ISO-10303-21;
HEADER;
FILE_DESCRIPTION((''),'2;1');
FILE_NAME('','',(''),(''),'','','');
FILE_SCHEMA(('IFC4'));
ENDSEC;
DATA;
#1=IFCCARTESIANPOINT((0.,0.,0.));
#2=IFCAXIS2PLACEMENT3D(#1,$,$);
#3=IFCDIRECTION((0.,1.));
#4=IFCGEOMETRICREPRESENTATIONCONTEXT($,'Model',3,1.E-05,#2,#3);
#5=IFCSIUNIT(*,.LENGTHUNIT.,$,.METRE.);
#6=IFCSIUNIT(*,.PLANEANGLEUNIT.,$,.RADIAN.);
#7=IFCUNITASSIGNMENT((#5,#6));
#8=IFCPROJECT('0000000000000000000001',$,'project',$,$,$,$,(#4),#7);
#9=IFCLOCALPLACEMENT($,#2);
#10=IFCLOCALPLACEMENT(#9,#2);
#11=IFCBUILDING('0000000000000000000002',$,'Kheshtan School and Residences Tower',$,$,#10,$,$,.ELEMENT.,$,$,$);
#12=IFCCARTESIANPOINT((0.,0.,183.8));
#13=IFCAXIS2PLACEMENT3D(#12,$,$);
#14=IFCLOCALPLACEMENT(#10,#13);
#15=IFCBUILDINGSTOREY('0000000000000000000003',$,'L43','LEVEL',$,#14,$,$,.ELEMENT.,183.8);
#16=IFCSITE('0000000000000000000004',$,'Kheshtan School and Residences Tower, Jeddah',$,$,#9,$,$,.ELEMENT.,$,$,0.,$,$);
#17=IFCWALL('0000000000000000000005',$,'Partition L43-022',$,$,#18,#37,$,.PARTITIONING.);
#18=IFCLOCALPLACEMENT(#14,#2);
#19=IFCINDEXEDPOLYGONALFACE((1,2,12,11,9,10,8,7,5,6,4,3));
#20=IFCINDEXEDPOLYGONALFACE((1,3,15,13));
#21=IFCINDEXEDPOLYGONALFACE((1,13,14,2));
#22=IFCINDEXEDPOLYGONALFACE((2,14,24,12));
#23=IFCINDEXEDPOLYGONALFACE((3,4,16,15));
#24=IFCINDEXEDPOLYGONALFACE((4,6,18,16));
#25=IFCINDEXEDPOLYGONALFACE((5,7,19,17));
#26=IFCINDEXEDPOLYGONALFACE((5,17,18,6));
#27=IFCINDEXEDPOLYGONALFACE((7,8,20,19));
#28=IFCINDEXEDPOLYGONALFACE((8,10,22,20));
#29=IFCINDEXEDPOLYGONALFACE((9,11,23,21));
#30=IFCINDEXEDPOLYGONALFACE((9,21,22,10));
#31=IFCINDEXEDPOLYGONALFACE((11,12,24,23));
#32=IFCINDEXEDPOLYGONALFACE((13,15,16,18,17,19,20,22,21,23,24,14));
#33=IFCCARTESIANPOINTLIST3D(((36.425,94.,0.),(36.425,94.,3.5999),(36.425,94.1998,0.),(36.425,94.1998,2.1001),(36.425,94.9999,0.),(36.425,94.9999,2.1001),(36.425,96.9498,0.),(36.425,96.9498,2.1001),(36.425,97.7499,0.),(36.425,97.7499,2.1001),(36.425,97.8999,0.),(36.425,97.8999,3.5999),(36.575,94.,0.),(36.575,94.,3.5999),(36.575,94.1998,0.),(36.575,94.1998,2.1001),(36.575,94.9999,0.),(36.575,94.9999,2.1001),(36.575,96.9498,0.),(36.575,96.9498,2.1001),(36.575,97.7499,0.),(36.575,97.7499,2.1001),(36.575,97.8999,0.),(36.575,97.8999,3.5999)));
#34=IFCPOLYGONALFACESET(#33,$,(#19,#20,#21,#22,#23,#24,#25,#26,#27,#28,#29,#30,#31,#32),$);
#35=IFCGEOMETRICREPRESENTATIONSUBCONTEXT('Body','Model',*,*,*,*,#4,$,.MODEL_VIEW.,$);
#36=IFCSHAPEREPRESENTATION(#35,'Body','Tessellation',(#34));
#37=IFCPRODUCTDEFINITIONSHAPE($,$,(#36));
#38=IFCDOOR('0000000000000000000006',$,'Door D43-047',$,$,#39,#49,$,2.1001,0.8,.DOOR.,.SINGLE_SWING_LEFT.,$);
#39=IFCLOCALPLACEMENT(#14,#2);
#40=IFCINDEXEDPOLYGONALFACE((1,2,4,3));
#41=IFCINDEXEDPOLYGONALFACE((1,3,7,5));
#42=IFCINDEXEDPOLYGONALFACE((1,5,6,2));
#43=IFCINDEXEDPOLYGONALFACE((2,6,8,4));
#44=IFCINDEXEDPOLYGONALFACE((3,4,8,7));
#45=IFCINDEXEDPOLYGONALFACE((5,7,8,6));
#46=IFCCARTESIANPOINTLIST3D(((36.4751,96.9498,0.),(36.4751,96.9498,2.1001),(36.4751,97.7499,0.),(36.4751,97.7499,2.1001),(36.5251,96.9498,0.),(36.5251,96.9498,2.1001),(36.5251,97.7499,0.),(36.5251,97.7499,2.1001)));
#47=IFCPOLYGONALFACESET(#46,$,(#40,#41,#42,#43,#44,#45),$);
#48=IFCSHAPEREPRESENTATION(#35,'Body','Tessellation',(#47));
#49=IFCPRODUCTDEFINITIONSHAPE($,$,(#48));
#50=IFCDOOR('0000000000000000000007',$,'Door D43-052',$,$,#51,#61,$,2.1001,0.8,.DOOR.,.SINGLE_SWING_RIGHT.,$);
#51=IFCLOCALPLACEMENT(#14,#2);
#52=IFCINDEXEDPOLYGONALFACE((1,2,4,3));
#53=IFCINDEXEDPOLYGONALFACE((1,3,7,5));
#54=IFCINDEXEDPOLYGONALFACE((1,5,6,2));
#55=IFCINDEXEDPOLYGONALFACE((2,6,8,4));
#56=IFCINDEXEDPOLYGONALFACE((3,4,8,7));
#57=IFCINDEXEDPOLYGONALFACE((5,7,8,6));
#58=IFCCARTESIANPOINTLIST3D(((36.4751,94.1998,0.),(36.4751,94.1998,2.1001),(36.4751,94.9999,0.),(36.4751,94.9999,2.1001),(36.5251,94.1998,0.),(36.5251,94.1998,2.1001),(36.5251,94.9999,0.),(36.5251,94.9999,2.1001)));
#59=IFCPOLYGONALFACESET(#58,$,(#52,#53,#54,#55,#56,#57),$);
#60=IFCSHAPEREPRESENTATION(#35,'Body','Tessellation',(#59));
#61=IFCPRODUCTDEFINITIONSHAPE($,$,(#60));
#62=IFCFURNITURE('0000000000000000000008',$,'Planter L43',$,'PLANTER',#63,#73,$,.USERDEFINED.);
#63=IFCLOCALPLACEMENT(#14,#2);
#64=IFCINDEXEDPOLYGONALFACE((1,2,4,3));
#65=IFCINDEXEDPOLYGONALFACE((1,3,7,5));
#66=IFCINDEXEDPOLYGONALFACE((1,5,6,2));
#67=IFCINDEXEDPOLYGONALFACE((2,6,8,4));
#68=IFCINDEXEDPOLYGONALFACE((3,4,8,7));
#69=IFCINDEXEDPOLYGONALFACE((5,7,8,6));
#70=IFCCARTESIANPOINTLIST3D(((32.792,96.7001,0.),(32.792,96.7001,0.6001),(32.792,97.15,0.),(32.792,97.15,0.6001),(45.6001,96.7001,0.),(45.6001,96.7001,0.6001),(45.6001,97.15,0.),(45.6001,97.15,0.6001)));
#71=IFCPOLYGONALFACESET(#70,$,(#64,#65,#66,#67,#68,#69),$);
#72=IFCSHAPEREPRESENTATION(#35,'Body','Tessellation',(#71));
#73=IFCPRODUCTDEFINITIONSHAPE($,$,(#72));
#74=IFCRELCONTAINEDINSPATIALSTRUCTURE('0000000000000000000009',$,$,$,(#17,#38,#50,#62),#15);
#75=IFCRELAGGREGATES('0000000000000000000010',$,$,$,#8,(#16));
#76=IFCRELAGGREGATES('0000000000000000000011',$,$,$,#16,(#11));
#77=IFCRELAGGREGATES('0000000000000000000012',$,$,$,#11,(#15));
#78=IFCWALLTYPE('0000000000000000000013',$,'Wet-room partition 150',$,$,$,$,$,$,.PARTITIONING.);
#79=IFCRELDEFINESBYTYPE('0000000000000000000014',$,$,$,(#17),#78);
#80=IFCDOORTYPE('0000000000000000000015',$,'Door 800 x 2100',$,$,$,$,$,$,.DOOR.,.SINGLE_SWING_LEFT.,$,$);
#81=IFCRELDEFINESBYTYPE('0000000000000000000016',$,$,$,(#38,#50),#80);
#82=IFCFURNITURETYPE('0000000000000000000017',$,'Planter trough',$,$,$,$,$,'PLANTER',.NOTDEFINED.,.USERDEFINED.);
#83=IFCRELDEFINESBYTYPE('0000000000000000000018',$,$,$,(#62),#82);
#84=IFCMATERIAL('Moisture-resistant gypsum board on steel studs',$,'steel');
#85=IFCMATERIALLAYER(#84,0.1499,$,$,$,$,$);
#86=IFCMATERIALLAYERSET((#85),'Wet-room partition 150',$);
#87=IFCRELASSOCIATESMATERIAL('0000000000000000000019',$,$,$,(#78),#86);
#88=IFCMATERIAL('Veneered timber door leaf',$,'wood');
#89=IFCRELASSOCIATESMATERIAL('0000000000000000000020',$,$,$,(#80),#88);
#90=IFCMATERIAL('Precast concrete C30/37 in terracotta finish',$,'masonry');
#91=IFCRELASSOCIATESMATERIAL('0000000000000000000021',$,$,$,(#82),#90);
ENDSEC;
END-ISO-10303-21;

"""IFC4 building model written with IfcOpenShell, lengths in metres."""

from ifc_helpers import new_model, si_unit, direction, frame, frame_2d, origin, origin_2d, place, context, subcontext, project, spatial, rectangle, extrude, source, transform, mapped, material, layer, layer_set, type_object, element, fill, save


model = new_model("IFC4")

# Units and contexts
model_context = context("Model", 3, precision=1e-05, world=origin(), true_north=direction((0.0, 1.0)))
body_context = subcontext(model_context, "Body", "Model", "MODEL_VIEW")
ifc_project = project(units=[si_unit("LENGTHUNIT", "METRE"), si_unit("PLANEANGLEUNIT", "RADIAN")], contexts=[model_context])

# Site, building, storey
site_placement = place(None, origin())
site = spatial("IfcSite", under=ifc_project, at=site_placement, Name="Kheshtan School and Residences Tower, Jeddah", CompositionType="ELEMENT", RefElevation=0.0)
building_placement = place(site_placement, origin())
building = spatial("IfcBuilding", under=site, at=building_placement, Name="Kheshtan School and Residences Tower", CompositionType="ELEMENT")
storey_placement = place(building_placement, frame((0.0, 0.0, 183.8)))
storey = spatial("IfcBuildingStorey", under=building, at=storey_placement, Name="L43", Description="LEVEL", CompositionType="ELEMENT", Elevation=183.8)

# Shared definitions
ifc_material_1 = material(Name="Moisture-resistant gypsum board on steel studs", Category="steel")
ifc_layer_1 = layer(ifc_material_1, 0.1499)
ifc_layer_set_1 = layer_set([ifc_layer_1], Name="Wet-room partition 150")
wall_type_1 = type_object("IfcWallType", Name="Wet-room partition 150", PredefinedType="PARTITIONING", material=ifc_layer_set_1)

# Wall, openings, doors
wall_1_placement = place(storey_placement, frame((36.5, 94.0, 0.0), z_axis=(0.0, 0.0, 1.0), x_axis=(0.0, 1.0, 0.0)))
wall_1 = element("IfcWall", 1, at=wall_1_placement, inside=storey, type_object=wall_type_1, Name="Partition L43-022", PredefinedType="PARTITIONING", context=body_context, shape_type="SweptSolid", body=[
    extrude(rectangle(XDim=3.8999, YDim=0.1499, at=frame_2d((1.95, 0.0))), origin(), (0.0, 0.0, 1.0), 3.5999),
])
opening_1_placement = place(wall_1_placement, frame((2.95, 0.0, 0.0)))
opening_1 = element("IfcOpeningElement", 2, at=opening_1_placement, cuts=wall_1, PredefinedType="OPENING", context=body_context, shape_type="SweptSolid", body=[
    extrude(rectangle(XDim=0.8, YDim=2.1001, at=frame_2d((0.3999, 1.05))), frame((0.0, 0.085, 0.0), z_axis=(0.0, -1.0, 0.0), x_axis=(1.0, 0.0, 0.0)), (0.0, 0.0, 1.0), 0.1699),
])
opening_2_placement = place(wall_1_placement, frame((0.2, 0.0, 0.0)))
opening_2 = element("IfcOpeningElement", 3, at=opening_2_placement, cuts=wall_1, PredefinedType="OPENING", context=body_context, shape_type="SweptSolid", body=[
    extrude(rectangle(XDim=0.8, YDim=2.1001, at=frame_2d((0.3999, 1.05))), frame((0.0, 0.085, 0.0), z_axis=(0.0, -1.0, 0.0), x_axis=(1.0, 0.0, 0.0)), (0.0, 0.0, 1.0), 0.1699),
])
ifc_material_2 = material(Name="Veneered timber door leaf", Category="wood")
door_type_1 = type_object("IfcDoorType", Name="Door 800 x 2100", OperationType="SINGLE_SWING_LEFT", PredefinedType="DOOR", material=ifc_material_2)
shared_shape_1 = source(origin(), body_context, "Body", "SweptSolid", [
    extrude(rectangle(XDim=0.8, YDim=2.1001, at=frame_2d((0.3999, 1.05))), frame((0.0, 0.0249, 0.0), z_axis=(0.0, -1.0, 0.0), x_axis=(1.0, 0.0, 0.0)), (0.0, 0.0, 1.0), 0.05),
])
door_1_placement = place(opening_1_placement, origin())
door_1 = element("IfcDoor", 4, at=door_1_placement, inside=storey, type_object=door_type_1, Name="Door D43-047", OperationType="SINGLE_SWING_LEFT", OverallHeight=2.1001, OverallWidth=0.8, PredefinedType="DOOR", context=body_context, shape_type="MappedRepresentation", body=[
    mapped(shared_shape_1, transform((0.0, 0.0, 0.0), x_axis=(1.0, 0.0, 0.0), y_axis=(0.0, 1.0, 0.0), z_axis=(0.0, 0.0, 1.0), scale=1.0)),
])
fill(opening_1, door_1)
door_2_placement = place(opening_2_placement, origin())
door_2 = element("IfcDoor", 5, at=door_2_placement, inside=storey, type_object=door_type_1, Name="Door D43-052", OperationType="SINGLE_SWING_RIGHT", OverallHeight=2.1001, OverallWidth=0.8, PredefinedType="DOOR", context=body_context, shape_type="MappedRepresentation", body=[
    mapped(shared_shape_1, transform((0.0, 0.0, 0.0), x_axis=(1.0, 0.0, 0.0), y_axis=(0.0, 1.0, 0.0), z_axis=(0.0, 0.0, 1.0), scale=1.0)),
])
fill(opening_2, door_2)

# Furniture
ifc_material_3 = material(Name="Precast concrete C30/37 in terracotta finish", Category="masonry")
furniture_type = type_object("IfcFurnitureType", Name="Planter trough", ElementType="PLANTER", AssemblyPlace="NOTDEFINED", PredefinedType="USERDEFINED", material=ifc_material_3)
furniture_placement = place(storey_placement, frame((39.196, 96.925, 0.0), z_axis=(0.0, 0.0, 1.0), x_axis=(1.0, 0.0, 0.0)))
element("IfcFurniture", 6, at=furniture_placement, inside=storey, type_object=furniture_type, Name="Planter L43", ObjectType="PLANTER", PredefinedType="USERDEFINED", context=body_context, shape_type="SweptSolid", body=[
    extrude(rectangle(XDim=12.8081, YDim=0.45, at=origin_2d()), origin(), (0.0, 0.0, 1.0), 0.6001),
])

save(model, "model.ifc")
